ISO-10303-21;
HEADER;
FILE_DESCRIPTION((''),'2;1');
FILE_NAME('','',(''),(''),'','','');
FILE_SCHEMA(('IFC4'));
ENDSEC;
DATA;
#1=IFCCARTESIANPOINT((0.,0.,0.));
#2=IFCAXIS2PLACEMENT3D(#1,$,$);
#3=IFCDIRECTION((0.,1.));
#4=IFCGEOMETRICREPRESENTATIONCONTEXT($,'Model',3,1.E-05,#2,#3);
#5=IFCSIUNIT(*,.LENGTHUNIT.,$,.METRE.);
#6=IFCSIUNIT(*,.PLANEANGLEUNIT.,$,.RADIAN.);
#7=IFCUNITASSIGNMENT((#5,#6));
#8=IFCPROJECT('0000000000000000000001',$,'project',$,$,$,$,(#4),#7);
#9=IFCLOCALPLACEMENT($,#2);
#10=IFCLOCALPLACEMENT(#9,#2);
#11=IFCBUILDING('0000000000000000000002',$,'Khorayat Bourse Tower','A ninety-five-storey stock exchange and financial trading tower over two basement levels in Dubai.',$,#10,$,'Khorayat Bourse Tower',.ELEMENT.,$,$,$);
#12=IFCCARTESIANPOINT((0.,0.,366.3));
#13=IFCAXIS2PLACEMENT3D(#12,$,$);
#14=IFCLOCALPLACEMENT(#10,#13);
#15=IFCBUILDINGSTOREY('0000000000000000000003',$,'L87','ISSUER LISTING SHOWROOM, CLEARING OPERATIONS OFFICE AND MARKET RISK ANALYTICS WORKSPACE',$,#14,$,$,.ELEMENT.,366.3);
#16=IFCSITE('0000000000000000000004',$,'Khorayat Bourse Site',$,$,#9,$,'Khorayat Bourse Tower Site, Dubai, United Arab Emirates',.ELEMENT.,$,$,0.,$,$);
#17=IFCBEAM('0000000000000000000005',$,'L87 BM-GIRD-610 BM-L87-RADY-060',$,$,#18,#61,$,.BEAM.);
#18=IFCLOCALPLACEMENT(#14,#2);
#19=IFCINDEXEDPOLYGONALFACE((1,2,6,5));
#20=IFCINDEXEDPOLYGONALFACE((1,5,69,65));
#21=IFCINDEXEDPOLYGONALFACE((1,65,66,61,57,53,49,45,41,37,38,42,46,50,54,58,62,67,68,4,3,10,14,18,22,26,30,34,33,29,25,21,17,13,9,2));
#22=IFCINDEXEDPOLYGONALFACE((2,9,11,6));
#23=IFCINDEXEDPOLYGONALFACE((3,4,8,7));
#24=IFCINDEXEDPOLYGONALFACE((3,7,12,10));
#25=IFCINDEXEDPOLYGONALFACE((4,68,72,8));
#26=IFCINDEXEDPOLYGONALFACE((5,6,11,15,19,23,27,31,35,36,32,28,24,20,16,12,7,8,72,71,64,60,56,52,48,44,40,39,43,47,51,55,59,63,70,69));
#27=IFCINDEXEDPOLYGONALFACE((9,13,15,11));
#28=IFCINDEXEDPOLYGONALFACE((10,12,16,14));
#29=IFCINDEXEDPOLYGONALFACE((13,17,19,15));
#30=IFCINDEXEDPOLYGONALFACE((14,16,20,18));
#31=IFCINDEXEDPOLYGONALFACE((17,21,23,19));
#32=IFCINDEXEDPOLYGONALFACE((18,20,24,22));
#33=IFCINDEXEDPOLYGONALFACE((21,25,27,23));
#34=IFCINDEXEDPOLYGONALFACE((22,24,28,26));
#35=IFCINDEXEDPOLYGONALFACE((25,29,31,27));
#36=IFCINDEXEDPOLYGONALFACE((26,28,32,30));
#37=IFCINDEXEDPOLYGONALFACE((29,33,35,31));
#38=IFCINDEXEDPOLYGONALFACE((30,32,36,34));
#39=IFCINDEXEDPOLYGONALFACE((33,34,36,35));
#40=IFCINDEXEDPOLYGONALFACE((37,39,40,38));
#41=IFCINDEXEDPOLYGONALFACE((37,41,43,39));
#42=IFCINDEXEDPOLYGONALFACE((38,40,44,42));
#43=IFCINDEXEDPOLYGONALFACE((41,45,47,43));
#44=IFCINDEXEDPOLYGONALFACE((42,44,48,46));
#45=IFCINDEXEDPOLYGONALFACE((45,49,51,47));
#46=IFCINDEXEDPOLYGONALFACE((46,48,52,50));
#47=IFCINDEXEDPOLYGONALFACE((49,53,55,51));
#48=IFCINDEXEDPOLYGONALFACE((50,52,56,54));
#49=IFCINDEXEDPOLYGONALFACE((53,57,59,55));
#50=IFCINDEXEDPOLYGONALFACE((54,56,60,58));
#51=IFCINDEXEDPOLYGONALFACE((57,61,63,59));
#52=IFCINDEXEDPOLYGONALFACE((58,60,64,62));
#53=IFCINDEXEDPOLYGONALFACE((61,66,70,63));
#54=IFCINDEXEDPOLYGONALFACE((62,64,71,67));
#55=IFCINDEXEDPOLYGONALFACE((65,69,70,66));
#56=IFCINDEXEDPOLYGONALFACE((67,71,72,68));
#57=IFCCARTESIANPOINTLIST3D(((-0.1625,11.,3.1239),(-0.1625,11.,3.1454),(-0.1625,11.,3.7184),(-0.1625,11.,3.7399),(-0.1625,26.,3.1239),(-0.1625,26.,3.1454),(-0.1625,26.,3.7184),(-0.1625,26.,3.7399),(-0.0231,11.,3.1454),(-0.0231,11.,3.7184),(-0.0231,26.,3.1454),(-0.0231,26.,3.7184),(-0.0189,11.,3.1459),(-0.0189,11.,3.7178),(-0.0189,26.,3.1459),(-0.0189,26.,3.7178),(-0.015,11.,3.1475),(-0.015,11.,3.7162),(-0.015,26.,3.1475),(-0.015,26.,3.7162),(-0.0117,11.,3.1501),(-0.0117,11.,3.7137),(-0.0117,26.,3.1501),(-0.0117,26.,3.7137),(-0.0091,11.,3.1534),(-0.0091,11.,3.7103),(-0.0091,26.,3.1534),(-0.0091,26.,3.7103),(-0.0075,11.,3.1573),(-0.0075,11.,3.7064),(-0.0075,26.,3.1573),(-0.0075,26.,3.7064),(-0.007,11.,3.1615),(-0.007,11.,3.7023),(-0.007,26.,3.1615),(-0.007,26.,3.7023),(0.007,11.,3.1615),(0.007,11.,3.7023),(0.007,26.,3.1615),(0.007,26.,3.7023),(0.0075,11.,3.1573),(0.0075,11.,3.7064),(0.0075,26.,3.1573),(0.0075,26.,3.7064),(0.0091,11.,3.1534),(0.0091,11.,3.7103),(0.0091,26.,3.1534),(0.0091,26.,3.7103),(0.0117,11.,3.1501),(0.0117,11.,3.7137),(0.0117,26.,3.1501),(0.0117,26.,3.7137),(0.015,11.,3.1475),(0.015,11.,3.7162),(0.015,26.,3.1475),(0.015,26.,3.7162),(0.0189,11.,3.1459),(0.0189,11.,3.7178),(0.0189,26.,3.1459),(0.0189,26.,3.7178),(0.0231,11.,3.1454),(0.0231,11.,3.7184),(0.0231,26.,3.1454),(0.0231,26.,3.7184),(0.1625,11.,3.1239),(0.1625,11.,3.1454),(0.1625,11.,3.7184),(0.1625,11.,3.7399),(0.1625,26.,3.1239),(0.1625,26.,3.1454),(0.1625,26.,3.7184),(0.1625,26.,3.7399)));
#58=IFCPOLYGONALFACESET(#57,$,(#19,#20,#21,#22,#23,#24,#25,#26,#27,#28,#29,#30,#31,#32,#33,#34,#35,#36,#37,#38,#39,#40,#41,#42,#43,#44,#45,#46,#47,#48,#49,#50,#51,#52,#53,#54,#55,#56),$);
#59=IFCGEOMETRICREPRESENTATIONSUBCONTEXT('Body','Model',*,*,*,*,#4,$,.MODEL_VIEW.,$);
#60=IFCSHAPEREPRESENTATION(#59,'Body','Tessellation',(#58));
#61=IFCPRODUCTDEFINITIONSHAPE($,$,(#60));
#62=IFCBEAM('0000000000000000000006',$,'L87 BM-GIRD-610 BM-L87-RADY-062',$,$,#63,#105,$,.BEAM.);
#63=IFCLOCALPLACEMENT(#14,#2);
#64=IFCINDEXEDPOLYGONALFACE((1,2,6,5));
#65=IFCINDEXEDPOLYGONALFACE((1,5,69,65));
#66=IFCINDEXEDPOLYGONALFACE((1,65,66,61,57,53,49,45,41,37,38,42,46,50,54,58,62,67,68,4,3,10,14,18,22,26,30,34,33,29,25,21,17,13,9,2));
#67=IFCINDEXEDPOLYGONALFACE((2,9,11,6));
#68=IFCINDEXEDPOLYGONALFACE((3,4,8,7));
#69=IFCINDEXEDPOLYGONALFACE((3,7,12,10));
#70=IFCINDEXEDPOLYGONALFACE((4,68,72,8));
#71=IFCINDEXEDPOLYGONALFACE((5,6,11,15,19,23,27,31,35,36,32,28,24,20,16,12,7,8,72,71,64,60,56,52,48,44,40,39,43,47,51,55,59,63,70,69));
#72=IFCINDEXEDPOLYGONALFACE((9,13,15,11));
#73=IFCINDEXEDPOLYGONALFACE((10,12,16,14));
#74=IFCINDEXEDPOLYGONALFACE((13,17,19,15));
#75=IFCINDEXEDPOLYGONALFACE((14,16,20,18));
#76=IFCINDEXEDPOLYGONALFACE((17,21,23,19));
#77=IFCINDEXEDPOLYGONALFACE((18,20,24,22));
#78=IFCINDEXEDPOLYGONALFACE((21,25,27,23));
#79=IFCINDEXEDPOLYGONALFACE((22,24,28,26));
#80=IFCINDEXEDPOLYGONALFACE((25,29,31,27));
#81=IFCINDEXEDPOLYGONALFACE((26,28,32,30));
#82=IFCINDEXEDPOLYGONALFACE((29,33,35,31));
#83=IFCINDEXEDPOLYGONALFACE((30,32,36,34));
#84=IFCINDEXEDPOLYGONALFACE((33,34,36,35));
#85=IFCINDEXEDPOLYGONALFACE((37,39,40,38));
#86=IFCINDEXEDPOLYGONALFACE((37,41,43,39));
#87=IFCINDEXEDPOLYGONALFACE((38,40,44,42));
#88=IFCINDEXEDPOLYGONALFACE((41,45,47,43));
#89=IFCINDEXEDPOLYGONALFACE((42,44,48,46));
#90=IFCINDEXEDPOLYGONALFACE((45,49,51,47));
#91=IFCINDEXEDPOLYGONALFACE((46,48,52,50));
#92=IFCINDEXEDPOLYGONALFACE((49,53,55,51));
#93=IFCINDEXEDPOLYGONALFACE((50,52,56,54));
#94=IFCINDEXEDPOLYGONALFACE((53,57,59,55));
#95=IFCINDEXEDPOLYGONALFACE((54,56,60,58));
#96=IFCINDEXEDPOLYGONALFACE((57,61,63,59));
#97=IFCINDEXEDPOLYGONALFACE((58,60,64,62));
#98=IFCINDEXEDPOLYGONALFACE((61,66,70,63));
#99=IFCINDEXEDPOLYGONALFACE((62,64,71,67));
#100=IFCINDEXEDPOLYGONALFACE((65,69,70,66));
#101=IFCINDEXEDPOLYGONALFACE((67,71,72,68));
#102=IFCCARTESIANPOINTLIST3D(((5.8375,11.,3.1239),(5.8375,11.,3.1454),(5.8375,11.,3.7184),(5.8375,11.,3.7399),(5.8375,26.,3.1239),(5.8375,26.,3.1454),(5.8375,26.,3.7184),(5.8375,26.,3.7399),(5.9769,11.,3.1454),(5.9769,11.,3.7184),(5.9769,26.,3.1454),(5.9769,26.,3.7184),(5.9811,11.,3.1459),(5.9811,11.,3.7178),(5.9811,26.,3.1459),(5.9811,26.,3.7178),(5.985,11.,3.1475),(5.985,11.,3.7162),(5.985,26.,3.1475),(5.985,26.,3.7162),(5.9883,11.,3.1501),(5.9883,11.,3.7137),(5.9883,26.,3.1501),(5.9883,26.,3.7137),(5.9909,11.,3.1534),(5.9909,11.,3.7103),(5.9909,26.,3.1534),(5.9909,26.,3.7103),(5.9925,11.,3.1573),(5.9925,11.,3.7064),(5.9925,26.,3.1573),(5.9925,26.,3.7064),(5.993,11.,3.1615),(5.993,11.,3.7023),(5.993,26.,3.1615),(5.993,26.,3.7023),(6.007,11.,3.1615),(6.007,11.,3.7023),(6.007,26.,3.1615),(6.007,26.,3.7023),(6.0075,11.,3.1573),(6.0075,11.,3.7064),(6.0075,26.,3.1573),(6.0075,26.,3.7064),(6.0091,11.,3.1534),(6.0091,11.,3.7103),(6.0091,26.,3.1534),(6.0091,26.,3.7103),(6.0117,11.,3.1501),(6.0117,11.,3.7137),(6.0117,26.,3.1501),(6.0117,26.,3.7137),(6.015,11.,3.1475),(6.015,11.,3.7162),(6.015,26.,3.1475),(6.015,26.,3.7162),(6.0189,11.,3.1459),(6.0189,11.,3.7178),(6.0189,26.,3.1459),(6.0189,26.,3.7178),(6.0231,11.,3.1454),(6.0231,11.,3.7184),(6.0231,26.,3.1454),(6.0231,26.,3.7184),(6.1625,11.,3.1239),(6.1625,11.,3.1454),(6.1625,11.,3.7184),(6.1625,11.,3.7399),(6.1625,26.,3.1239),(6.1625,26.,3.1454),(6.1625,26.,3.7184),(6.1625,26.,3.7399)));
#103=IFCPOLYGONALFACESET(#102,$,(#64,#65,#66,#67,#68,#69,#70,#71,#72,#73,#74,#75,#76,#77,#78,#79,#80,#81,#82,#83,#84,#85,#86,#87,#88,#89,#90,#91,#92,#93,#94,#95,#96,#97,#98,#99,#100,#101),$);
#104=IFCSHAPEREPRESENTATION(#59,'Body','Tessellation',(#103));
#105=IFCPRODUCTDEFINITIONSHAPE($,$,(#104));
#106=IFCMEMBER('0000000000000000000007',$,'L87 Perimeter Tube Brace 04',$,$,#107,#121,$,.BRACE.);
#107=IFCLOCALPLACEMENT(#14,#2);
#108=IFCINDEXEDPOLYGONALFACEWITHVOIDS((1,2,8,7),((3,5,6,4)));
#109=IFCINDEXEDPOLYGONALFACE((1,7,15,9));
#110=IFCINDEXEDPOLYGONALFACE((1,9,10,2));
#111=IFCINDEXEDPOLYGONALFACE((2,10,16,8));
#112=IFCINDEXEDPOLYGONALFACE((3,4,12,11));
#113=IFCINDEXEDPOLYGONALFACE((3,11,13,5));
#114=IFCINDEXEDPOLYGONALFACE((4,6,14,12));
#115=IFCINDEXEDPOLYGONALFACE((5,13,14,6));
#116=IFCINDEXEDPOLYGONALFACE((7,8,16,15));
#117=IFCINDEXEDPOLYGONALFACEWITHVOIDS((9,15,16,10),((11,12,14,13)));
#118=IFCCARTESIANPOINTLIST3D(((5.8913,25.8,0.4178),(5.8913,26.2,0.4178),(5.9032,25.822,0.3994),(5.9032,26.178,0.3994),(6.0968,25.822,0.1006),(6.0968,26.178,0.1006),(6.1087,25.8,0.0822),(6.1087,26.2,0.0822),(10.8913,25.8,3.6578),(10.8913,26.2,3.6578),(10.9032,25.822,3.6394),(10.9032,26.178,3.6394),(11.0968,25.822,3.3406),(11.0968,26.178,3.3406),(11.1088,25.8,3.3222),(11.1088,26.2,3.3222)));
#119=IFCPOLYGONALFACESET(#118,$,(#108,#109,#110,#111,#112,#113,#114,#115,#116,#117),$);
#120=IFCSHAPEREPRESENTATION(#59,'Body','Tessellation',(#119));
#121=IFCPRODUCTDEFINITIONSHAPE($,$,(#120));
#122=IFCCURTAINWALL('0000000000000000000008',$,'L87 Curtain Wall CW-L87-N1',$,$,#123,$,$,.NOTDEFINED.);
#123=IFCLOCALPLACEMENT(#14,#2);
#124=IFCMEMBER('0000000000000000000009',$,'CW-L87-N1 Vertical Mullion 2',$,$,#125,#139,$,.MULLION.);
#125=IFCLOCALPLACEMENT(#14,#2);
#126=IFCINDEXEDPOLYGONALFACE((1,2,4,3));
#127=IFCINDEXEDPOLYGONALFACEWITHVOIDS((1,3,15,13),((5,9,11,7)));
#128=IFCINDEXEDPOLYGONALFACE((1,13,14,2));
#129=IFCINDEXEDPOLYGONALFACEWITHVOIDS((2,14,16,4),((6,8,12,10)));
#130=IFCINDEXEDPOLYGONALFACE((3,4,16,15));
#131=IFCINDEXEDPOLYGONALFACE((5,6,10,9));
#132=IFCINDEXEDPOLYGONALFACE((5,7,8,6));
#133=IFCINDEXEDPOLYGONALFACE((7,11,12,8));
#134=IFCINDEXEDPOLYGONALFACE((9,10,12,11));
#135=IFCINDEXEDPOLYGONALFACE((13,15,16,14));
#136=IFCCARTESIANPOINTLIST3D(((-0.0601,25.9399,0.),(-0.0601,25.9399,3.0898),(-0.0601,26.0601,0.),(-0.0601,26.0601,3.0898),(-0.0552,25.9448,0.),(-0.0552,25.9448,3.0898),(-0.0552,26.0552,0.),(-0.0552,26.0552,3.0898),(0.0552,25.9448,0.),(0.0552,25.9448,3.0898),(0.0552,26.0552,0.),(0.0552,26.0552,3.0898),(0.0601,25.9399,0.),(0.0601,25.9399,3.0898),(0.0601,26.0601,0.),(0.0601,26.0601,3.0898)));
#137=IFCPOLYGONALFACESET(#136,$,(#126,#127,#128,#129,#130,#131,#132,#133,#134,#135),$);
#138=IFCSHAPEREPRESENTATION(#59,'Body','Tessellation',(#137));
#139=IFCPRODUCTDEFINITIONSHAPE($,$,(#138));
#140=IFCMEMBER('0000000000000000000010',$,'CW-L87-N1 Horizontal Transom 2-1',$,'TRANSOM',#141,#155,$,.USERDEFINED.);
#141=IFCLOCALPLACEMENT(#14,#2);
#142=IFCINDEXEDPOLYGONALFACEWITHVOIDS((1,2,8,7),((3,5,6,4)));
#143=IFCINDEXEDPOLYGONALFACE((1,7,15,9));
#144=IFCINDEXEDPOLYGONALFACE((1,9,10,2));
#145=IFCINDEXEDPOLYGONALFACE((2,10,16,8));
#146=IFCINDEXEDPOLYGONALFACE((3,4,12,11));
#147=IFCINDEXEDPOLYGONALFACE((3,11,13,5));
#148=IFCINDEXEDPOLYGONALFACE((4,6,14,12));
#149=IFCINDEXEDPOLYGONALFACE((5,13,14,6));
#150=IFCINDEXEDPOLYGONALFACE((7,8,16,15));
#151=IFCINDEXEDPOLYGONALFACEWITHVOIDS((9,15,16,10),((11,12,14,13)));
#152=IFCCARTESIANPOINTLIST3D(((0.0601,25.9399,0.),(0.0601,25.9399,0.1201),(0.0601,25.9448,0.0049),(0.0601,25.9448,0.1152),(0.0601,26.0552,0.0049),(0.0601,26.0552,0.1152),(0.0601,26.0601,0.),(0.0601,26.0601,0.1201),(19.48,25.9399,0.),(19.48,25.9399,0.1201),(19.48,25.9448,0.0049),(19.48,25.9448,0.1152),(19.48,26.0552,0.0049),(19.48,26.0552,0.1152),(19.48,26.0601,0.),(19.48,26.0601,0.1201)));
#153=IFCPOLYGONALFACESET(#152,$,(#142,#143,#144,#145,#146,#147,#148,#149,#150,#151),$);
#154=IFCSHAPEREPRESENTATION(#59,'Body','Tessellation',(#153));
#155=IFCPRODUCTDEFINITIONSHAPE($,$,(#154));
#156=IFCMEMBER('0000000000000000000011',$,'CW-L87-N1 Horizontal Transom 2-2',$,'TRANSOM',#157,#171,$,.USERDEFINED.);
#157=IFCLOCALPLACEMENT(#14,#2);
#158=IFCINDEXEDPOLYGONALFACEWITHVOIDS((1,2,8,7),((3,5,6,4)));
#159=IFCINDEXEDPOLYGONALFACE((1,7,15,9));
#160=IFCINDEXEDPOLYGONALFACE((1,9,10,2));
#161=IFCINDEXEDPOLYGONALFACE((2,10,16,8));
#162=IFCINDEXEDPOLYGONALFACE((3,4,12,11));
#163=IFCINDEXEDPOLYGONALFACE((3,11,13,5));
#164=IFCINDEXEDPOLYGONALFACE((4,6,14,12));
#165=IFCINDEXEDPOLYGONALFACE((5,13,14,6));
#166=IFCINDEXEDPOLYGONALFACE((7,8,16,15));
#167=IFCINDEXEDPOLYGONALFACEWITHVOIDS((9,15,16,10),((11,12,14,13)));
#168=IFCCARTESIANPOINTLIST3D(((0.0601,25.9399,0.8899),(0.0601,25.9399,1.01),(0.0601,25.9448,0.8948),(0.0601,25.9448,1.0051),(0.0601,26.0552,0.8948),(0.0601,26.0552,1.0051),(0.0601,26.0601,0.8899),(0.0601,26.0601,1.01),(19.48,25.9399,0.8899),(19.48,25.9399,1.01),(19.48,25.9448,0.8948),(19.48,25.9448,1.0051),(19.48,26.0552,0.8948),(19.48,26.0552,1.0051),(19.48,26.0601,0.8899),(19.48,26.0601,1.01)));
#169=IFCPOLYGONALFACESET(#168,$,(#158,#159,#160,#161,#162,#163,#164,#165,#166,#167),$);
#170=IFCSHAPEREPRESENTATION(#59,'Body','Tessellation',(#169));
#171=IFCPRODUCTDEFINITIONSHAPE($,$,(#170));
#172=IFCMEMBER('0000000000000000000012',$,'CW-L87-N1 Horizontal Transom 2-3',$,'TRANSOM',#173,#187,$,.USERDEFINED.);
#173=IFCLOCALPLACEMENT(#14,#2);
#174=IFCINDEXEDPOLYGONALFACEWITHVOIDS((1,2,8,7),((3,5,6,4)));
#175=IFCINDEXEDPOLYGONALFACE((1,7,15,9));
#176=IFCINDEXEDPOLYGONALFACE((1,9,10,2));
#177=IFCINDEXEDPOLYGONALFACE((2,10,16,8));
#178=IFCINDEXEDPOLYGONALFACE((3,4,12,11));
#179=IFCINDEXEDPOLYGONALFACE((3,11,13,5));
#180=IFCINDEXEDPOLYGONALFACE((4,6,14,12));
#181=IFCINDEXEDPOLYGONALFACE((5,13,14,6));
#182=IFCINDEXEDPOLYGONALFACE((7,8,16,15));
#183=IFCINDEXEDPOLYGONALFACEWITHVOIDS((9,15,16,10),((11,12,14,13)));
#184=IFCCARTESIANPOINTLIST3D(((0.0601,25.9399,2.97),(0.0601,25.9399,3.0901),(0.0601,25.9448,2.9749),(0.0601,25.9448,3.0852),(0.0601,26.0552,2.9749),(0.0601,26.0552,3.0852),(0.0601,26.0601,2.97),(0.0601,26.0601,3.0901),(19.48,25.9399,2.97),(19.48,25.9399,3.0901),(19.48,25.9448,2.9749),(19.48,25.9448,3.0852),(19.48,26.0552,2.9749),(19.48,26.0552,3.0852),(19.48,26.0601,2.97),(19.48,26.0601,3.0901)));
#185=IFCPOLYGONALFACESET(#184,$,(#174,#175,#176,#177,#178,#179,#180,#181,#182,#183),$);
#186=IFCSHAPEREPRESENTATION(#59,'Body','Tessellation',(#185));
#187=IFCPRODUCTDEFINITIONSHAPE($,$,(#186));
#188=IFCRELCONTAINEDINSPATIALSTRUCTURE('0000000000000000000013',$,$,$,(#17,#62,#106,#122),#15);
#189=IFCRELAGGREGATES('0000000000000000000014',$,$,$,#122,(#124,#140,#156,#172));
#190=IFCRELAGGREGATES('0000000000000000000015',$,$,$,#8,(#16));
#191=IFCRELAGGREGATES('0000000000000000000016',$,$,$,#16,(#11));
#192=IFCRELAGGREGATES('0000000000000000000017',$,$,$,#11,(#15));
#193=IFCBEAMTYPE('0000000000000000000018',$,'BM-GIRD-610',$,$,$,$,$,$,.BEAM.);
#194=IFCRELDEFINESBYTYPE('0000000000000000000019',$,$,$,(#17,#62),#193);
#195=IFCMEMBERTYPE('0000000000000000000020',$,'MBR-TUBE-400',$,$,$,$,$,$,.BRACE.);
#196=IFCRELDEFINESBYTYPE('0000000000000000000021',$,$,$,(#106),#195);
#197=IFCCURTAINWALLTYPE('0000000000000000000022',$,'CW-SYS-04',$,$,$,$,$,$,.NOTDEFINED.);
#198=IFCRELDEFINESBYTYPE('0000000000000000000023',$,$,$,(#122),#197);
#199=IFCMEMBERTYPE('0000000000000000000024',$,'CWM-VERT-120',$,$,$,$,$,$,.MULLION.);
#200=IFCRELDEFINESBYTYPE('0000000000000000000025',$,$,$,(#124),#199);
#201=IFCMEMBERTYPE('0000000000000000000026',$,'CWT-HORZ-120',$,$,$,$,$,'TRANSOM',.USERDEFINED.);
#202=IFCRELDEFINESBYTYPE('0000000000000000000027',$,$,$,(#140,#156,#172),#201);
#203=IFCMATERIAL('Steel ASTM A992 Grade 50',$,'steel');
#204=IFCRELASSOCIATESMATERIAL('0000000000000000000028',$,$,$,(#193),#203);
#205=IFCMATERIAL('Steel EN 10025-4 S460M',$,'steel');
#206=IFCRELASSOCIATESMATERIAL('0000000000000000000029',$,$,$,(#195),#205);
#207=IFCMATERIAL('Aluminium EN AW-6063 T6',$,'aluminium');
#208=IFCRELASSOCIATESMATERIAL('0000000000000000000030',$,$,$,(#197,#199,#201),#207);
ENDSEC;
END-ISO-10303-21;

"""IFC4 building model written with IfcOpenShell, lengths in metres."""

from ifc_helpers import new_model, si_unit, direction, frame, origin, origin_2d, place, context, subcontext, project, spatial, hollow_rectangle, i_section, extrude, source, transform, mapped, material, material_profile, profile_set, type_object, element, aggregate, save


model = new_model("IFC4")

# Units and contexts
model_context = context("Model", 3, precision=1e-05, world=origin(), true_north=direction((0.0, 1.0)))
body_context = subcontext(model_context, "Body", "Model", "MODEL_VIEW")
ifc_project = project(units=[si_unit("LENGTHUNIT", "METRE"), si_unit("PLANEANGLEUNIT", "RADIAN")], contexts=[model_context])

# Site, building, storey
site_placement = place(None, origin())
site = spatial("IfcSite", under=ifc_project, at=site_placement, Name="Khorayat Bourse Site", LongName="Khorayat Bourse Tower Site, Dubai, United Arab Emirates", CompositionType="ELEMENT", RefElevation=0.0)
building_placement = place(site_placement, origin())
building = spatial("IfcBuilding", under=site, at=building_placement, Name="Khorayat Bourse Tower", Description="A ninety-five-storey stock exchange and financial trading tower over two basement levels in Dubai.", LongName="Khorayat Bourse Tower", CompositionType="ELEMENT")
storey_placement = place(building_placement, frame((0.0, 0.0, 366.3)))
storey = spatial("IfcBuildingStorey", under=building, at=storey_placement, Name="L87", Description="ISSUER LISTING SHOWROOM, CLEARING OPERATIONS OFFICE AND MARKET RISK ANALYTICS WORKSPACE", CompositionType="ELEMENT", Elevation=366.3)

# Beams
ifc_material_1 = material(Name="Steel ASTM A992 Grade 50", Category="steel")
ifc_material_profile_1 = material_profile(ifc_material_1, i_section(OverallWidth=0.325, OverallDepth=0.616, WebThickness=0.0139, FlangeThickness=0.0215, FilletRadius=0.0161, at=origin_2d()), Name="W610X174")
ifc_profile_set_1 = profile_set([ifc_material_profile_1], Name="Steel ASTM A992 Grade 50")
beam_type_1 = type_object("IfcBeamType", Name="BM-GIRD-610", PredefinedType="BEAM", material=ifc_profile_set_1)
shared_shape_1 = source(origin(), body_context, "Body", "SweptSolid", [
    extrude(i_section(OverallWidth=0.325, OverallDepth=0.616, WebThickness=0.0139, FlangeThickness=0.0215, FilletRadius=0.0161, at=origin_2d()), origin(), (0.0, 0.0, 1.0), 15.0),
])
for number, where, z_axis, x_axis, name in (
    (1, (0.0, 11.0, 3.4319), (0.0, 1.0, 0.0), (-1.0, 0.0, 0.0), "L87 BM-GIRD-610 BM-L87-RADY-060"),
    (2, (6.0, 11.0, 3.4319), (0.0, 1.0, 0.0), (-1.0, 0.0, 0.0), "L87 BM-GIRD-610 BM-L87-RADY-062"),
):
    element("IfcBeam", number, at=place(storey_placement, frame(where, z_axis=z_axis, x_axis=x_axis)), inside=storey, type_object=beam_type_1, Name=name, PredefinedType="BEAM", context=body_context, shape_type="MappedRepresentation", body=[
        mapped(shared_shape_1, transform((0.0, 0.0, 0.0), scale=1.0)),
    ])

# Member
ifc_material_2 = material(Name="Steel EN 10025-4 S460M", Category="steel")
ifc_material_profile_2 = material_profile(ifc_material_2, hollow_rectangle(XDim=0.3999, YDim=0.3999, WallThickness=0.022, at=origin_2d()), Name="HSS 400x400x22")
ifc_profile_set_2 = profile_set([ifc_material_profile_2], Name="Steel EN 10025-4 S460M")
member_type_1 = type_object("IfcMemberType", Name="MBR-TUBE-400", PredefinedType="BRACE", material=ifc_profile_set_2)
shared_shape_2 = source(origin(), body_context, "Body", "SweptSolid", [
    extrude(hollow_rectangle(XDim=0.3999, YDim=0.3999, WallThickness=0.022, at=origin_2d()), origin(), (0.0, 0.0, 1.0), 5.958),
])
member_1_placement = place(storey_placement, frame((6.0, 26.0, 0.25), z_axis=(0.83921, 0.0, 0.543807), x_axis=(0.0, 1.0, 0.0)))
element("IfcMember", 3, at=member_1_placement, inside=storey, type_object=member_type_1, Name="L87 Perimeter Tube Brace 04", PredefinedType="BRACE", context=body_context, shape_type="MappedRepresentation", body=[
    mapped(shared_shape_2, transform((0.0, 0.0, 0.0), scale=1.0)),
])

# Curtain wall, members
ifc_material_3 = material(Name="Aluminium EN AW-6063 T6", Category="aluminium")
curtain_wall_type = type_object("IfcCurtainWallType", Name="CW-SYS-04", PredefinedType="NOTDEFINED", material=ifc_material_3)
curtain_wall_placement = place(storey_placement, origin())
curtain_wall = element("IfcCurtainWall", 4, at=curtain_wall_placement, inside=storey, type_object=curtain_wall_type, Name="L87 Curtain Wall CW-L87-N1", PredefinedType="NOTDEFINED")
ifc_material_profile_3 = material_profile(ifc_material_3, hollow_rectangle(XDim=0.1201, YDim=0.1201, WallThickness=0.0049, at=origin_2d()), Name="ALU 120x120x5")
ifc_profile_set_3 = profile_set([ifc_material_profile_3], Name="Aluminium EN AW-6063 T6")
member_type_2 = type_object("IfcMemberType", Name="CWM-VERT-120", PredefinedType="MULLION", material=ifc_profile_set_3)
shared_shape_3 = source(origin(), body_context, "Body", "SweptSolid", [
    extrude(hollow_rectangle(XDim=0.1201, YDim=0.1201, WallThickness=0.0049, at=origin_2d()), origin(), (0.0, 0.0, 1.0), 3.0898),
])
member_2_placement = place(storey_placement, frame((0.0, 26.0, 0.0), z_axis=(0.0, 0.0, 1.0), x_axis=(0.0, 1.0, 0.0)))
member_2 = element("IfcMember", 5, at=member_2_placement, type_object=member_type_2, Name="CW-L87-N1 Vertical Mullion 2", PredefinedType="MULLION", context=body_context, shape_type="MappedRepresentation", body=[
    mapped(shared_shape_3, transform((0.0, 0.0, 0.0), scale=1.0)),
])
ifc_material_profile_4 = material_profile(ifc_material_3, hollow_rectangle(XDim=0.1201, YDim=0.1201, WallThickness=0.0049, at=origin_2d()), Name="ALU 120x120x5")
ifc_profile_set_4 = profile_set([ifc_material_profile_4], Name="Aluminium EN AW-6063 T6")
member_type_3 = type_object("IfcMemberType", Name="CWT-HORZ-120", ElementType="TRANSOM", PredefinedType="USERDEFINED", material=ifc_profile_set_4)
shared_shape_4 = source(origin(), body_context, "Body", "SweptSolid", [
    extrude(hollow_rectangle(XDim=0.1201, YDim=0.1201, WallThickness=0.0049, at=origin_2d()), origin(), (0.0, 0.0, 1.0), 19.4199),
])
member_3_placement = place(storey_placement, frame((0.0601, 26.0, 0.0601), z_axis=(1.0, 0.0, 0.0), x_axis=(0.0, 1.0, 0.0)))
member_3 = element("IfcMember", 6, at=member_3_placement, type_object=member_type_3, Name="CW-L87-N1 Horizontal Transom 2-1", ObjectType="TRANSOM", PredefinedType="USERDEFINED", context=body_context, shape_type="MappedRepresentation", body=[
    mapped(shared_shape_4, transform((0.0, 0.0, 0.0), scale=1.0)),
])
member_4_placement = place(storey_placement, frame((0.0601, 26.0, 0.95), z_axis=(1.0, 0.0, 0.0), x_axis=(0.0, 1.0, 0.0)))
member_4 = element("IfcMember", 7, at=member_4_placement, type_object=member_type_3, Name="CW-L87-N1 Horizontal Transom 2-2", ObjectType="TRANSOM", PredefinedType="USERDEFINED", context=body_context, shape_type="MappedRepresentation", body=[
    mapped(shared_shape_4, transform((0.0, 0.0, 0.0), scale=1.0)),
])
member_5_placement = place(storey_placement, frame((0.0601, 26.0, 3.03), z_axis=(1.0, 0.0, 0.0), x_axis=(0.0, 1.0, 0.0)))
member_5 = element("IfcMember", 8, at=member_5_placement, type_object=member_type_3, Name="CW-L87-N1 Horizontal Transom 2-3", ObjectType="TRANSOM", PredefinedType="USERDEFINED", context=body_context, shape_type="MappedRepresentation", body=[
    mapped(shared_shape_4, transform((0.0, 0.0, 0.0), scale=1.0)),
])

aggregate(curtain_wall, [member_2, member_3, member_4, member_5])

save(model, "model.ifc")
